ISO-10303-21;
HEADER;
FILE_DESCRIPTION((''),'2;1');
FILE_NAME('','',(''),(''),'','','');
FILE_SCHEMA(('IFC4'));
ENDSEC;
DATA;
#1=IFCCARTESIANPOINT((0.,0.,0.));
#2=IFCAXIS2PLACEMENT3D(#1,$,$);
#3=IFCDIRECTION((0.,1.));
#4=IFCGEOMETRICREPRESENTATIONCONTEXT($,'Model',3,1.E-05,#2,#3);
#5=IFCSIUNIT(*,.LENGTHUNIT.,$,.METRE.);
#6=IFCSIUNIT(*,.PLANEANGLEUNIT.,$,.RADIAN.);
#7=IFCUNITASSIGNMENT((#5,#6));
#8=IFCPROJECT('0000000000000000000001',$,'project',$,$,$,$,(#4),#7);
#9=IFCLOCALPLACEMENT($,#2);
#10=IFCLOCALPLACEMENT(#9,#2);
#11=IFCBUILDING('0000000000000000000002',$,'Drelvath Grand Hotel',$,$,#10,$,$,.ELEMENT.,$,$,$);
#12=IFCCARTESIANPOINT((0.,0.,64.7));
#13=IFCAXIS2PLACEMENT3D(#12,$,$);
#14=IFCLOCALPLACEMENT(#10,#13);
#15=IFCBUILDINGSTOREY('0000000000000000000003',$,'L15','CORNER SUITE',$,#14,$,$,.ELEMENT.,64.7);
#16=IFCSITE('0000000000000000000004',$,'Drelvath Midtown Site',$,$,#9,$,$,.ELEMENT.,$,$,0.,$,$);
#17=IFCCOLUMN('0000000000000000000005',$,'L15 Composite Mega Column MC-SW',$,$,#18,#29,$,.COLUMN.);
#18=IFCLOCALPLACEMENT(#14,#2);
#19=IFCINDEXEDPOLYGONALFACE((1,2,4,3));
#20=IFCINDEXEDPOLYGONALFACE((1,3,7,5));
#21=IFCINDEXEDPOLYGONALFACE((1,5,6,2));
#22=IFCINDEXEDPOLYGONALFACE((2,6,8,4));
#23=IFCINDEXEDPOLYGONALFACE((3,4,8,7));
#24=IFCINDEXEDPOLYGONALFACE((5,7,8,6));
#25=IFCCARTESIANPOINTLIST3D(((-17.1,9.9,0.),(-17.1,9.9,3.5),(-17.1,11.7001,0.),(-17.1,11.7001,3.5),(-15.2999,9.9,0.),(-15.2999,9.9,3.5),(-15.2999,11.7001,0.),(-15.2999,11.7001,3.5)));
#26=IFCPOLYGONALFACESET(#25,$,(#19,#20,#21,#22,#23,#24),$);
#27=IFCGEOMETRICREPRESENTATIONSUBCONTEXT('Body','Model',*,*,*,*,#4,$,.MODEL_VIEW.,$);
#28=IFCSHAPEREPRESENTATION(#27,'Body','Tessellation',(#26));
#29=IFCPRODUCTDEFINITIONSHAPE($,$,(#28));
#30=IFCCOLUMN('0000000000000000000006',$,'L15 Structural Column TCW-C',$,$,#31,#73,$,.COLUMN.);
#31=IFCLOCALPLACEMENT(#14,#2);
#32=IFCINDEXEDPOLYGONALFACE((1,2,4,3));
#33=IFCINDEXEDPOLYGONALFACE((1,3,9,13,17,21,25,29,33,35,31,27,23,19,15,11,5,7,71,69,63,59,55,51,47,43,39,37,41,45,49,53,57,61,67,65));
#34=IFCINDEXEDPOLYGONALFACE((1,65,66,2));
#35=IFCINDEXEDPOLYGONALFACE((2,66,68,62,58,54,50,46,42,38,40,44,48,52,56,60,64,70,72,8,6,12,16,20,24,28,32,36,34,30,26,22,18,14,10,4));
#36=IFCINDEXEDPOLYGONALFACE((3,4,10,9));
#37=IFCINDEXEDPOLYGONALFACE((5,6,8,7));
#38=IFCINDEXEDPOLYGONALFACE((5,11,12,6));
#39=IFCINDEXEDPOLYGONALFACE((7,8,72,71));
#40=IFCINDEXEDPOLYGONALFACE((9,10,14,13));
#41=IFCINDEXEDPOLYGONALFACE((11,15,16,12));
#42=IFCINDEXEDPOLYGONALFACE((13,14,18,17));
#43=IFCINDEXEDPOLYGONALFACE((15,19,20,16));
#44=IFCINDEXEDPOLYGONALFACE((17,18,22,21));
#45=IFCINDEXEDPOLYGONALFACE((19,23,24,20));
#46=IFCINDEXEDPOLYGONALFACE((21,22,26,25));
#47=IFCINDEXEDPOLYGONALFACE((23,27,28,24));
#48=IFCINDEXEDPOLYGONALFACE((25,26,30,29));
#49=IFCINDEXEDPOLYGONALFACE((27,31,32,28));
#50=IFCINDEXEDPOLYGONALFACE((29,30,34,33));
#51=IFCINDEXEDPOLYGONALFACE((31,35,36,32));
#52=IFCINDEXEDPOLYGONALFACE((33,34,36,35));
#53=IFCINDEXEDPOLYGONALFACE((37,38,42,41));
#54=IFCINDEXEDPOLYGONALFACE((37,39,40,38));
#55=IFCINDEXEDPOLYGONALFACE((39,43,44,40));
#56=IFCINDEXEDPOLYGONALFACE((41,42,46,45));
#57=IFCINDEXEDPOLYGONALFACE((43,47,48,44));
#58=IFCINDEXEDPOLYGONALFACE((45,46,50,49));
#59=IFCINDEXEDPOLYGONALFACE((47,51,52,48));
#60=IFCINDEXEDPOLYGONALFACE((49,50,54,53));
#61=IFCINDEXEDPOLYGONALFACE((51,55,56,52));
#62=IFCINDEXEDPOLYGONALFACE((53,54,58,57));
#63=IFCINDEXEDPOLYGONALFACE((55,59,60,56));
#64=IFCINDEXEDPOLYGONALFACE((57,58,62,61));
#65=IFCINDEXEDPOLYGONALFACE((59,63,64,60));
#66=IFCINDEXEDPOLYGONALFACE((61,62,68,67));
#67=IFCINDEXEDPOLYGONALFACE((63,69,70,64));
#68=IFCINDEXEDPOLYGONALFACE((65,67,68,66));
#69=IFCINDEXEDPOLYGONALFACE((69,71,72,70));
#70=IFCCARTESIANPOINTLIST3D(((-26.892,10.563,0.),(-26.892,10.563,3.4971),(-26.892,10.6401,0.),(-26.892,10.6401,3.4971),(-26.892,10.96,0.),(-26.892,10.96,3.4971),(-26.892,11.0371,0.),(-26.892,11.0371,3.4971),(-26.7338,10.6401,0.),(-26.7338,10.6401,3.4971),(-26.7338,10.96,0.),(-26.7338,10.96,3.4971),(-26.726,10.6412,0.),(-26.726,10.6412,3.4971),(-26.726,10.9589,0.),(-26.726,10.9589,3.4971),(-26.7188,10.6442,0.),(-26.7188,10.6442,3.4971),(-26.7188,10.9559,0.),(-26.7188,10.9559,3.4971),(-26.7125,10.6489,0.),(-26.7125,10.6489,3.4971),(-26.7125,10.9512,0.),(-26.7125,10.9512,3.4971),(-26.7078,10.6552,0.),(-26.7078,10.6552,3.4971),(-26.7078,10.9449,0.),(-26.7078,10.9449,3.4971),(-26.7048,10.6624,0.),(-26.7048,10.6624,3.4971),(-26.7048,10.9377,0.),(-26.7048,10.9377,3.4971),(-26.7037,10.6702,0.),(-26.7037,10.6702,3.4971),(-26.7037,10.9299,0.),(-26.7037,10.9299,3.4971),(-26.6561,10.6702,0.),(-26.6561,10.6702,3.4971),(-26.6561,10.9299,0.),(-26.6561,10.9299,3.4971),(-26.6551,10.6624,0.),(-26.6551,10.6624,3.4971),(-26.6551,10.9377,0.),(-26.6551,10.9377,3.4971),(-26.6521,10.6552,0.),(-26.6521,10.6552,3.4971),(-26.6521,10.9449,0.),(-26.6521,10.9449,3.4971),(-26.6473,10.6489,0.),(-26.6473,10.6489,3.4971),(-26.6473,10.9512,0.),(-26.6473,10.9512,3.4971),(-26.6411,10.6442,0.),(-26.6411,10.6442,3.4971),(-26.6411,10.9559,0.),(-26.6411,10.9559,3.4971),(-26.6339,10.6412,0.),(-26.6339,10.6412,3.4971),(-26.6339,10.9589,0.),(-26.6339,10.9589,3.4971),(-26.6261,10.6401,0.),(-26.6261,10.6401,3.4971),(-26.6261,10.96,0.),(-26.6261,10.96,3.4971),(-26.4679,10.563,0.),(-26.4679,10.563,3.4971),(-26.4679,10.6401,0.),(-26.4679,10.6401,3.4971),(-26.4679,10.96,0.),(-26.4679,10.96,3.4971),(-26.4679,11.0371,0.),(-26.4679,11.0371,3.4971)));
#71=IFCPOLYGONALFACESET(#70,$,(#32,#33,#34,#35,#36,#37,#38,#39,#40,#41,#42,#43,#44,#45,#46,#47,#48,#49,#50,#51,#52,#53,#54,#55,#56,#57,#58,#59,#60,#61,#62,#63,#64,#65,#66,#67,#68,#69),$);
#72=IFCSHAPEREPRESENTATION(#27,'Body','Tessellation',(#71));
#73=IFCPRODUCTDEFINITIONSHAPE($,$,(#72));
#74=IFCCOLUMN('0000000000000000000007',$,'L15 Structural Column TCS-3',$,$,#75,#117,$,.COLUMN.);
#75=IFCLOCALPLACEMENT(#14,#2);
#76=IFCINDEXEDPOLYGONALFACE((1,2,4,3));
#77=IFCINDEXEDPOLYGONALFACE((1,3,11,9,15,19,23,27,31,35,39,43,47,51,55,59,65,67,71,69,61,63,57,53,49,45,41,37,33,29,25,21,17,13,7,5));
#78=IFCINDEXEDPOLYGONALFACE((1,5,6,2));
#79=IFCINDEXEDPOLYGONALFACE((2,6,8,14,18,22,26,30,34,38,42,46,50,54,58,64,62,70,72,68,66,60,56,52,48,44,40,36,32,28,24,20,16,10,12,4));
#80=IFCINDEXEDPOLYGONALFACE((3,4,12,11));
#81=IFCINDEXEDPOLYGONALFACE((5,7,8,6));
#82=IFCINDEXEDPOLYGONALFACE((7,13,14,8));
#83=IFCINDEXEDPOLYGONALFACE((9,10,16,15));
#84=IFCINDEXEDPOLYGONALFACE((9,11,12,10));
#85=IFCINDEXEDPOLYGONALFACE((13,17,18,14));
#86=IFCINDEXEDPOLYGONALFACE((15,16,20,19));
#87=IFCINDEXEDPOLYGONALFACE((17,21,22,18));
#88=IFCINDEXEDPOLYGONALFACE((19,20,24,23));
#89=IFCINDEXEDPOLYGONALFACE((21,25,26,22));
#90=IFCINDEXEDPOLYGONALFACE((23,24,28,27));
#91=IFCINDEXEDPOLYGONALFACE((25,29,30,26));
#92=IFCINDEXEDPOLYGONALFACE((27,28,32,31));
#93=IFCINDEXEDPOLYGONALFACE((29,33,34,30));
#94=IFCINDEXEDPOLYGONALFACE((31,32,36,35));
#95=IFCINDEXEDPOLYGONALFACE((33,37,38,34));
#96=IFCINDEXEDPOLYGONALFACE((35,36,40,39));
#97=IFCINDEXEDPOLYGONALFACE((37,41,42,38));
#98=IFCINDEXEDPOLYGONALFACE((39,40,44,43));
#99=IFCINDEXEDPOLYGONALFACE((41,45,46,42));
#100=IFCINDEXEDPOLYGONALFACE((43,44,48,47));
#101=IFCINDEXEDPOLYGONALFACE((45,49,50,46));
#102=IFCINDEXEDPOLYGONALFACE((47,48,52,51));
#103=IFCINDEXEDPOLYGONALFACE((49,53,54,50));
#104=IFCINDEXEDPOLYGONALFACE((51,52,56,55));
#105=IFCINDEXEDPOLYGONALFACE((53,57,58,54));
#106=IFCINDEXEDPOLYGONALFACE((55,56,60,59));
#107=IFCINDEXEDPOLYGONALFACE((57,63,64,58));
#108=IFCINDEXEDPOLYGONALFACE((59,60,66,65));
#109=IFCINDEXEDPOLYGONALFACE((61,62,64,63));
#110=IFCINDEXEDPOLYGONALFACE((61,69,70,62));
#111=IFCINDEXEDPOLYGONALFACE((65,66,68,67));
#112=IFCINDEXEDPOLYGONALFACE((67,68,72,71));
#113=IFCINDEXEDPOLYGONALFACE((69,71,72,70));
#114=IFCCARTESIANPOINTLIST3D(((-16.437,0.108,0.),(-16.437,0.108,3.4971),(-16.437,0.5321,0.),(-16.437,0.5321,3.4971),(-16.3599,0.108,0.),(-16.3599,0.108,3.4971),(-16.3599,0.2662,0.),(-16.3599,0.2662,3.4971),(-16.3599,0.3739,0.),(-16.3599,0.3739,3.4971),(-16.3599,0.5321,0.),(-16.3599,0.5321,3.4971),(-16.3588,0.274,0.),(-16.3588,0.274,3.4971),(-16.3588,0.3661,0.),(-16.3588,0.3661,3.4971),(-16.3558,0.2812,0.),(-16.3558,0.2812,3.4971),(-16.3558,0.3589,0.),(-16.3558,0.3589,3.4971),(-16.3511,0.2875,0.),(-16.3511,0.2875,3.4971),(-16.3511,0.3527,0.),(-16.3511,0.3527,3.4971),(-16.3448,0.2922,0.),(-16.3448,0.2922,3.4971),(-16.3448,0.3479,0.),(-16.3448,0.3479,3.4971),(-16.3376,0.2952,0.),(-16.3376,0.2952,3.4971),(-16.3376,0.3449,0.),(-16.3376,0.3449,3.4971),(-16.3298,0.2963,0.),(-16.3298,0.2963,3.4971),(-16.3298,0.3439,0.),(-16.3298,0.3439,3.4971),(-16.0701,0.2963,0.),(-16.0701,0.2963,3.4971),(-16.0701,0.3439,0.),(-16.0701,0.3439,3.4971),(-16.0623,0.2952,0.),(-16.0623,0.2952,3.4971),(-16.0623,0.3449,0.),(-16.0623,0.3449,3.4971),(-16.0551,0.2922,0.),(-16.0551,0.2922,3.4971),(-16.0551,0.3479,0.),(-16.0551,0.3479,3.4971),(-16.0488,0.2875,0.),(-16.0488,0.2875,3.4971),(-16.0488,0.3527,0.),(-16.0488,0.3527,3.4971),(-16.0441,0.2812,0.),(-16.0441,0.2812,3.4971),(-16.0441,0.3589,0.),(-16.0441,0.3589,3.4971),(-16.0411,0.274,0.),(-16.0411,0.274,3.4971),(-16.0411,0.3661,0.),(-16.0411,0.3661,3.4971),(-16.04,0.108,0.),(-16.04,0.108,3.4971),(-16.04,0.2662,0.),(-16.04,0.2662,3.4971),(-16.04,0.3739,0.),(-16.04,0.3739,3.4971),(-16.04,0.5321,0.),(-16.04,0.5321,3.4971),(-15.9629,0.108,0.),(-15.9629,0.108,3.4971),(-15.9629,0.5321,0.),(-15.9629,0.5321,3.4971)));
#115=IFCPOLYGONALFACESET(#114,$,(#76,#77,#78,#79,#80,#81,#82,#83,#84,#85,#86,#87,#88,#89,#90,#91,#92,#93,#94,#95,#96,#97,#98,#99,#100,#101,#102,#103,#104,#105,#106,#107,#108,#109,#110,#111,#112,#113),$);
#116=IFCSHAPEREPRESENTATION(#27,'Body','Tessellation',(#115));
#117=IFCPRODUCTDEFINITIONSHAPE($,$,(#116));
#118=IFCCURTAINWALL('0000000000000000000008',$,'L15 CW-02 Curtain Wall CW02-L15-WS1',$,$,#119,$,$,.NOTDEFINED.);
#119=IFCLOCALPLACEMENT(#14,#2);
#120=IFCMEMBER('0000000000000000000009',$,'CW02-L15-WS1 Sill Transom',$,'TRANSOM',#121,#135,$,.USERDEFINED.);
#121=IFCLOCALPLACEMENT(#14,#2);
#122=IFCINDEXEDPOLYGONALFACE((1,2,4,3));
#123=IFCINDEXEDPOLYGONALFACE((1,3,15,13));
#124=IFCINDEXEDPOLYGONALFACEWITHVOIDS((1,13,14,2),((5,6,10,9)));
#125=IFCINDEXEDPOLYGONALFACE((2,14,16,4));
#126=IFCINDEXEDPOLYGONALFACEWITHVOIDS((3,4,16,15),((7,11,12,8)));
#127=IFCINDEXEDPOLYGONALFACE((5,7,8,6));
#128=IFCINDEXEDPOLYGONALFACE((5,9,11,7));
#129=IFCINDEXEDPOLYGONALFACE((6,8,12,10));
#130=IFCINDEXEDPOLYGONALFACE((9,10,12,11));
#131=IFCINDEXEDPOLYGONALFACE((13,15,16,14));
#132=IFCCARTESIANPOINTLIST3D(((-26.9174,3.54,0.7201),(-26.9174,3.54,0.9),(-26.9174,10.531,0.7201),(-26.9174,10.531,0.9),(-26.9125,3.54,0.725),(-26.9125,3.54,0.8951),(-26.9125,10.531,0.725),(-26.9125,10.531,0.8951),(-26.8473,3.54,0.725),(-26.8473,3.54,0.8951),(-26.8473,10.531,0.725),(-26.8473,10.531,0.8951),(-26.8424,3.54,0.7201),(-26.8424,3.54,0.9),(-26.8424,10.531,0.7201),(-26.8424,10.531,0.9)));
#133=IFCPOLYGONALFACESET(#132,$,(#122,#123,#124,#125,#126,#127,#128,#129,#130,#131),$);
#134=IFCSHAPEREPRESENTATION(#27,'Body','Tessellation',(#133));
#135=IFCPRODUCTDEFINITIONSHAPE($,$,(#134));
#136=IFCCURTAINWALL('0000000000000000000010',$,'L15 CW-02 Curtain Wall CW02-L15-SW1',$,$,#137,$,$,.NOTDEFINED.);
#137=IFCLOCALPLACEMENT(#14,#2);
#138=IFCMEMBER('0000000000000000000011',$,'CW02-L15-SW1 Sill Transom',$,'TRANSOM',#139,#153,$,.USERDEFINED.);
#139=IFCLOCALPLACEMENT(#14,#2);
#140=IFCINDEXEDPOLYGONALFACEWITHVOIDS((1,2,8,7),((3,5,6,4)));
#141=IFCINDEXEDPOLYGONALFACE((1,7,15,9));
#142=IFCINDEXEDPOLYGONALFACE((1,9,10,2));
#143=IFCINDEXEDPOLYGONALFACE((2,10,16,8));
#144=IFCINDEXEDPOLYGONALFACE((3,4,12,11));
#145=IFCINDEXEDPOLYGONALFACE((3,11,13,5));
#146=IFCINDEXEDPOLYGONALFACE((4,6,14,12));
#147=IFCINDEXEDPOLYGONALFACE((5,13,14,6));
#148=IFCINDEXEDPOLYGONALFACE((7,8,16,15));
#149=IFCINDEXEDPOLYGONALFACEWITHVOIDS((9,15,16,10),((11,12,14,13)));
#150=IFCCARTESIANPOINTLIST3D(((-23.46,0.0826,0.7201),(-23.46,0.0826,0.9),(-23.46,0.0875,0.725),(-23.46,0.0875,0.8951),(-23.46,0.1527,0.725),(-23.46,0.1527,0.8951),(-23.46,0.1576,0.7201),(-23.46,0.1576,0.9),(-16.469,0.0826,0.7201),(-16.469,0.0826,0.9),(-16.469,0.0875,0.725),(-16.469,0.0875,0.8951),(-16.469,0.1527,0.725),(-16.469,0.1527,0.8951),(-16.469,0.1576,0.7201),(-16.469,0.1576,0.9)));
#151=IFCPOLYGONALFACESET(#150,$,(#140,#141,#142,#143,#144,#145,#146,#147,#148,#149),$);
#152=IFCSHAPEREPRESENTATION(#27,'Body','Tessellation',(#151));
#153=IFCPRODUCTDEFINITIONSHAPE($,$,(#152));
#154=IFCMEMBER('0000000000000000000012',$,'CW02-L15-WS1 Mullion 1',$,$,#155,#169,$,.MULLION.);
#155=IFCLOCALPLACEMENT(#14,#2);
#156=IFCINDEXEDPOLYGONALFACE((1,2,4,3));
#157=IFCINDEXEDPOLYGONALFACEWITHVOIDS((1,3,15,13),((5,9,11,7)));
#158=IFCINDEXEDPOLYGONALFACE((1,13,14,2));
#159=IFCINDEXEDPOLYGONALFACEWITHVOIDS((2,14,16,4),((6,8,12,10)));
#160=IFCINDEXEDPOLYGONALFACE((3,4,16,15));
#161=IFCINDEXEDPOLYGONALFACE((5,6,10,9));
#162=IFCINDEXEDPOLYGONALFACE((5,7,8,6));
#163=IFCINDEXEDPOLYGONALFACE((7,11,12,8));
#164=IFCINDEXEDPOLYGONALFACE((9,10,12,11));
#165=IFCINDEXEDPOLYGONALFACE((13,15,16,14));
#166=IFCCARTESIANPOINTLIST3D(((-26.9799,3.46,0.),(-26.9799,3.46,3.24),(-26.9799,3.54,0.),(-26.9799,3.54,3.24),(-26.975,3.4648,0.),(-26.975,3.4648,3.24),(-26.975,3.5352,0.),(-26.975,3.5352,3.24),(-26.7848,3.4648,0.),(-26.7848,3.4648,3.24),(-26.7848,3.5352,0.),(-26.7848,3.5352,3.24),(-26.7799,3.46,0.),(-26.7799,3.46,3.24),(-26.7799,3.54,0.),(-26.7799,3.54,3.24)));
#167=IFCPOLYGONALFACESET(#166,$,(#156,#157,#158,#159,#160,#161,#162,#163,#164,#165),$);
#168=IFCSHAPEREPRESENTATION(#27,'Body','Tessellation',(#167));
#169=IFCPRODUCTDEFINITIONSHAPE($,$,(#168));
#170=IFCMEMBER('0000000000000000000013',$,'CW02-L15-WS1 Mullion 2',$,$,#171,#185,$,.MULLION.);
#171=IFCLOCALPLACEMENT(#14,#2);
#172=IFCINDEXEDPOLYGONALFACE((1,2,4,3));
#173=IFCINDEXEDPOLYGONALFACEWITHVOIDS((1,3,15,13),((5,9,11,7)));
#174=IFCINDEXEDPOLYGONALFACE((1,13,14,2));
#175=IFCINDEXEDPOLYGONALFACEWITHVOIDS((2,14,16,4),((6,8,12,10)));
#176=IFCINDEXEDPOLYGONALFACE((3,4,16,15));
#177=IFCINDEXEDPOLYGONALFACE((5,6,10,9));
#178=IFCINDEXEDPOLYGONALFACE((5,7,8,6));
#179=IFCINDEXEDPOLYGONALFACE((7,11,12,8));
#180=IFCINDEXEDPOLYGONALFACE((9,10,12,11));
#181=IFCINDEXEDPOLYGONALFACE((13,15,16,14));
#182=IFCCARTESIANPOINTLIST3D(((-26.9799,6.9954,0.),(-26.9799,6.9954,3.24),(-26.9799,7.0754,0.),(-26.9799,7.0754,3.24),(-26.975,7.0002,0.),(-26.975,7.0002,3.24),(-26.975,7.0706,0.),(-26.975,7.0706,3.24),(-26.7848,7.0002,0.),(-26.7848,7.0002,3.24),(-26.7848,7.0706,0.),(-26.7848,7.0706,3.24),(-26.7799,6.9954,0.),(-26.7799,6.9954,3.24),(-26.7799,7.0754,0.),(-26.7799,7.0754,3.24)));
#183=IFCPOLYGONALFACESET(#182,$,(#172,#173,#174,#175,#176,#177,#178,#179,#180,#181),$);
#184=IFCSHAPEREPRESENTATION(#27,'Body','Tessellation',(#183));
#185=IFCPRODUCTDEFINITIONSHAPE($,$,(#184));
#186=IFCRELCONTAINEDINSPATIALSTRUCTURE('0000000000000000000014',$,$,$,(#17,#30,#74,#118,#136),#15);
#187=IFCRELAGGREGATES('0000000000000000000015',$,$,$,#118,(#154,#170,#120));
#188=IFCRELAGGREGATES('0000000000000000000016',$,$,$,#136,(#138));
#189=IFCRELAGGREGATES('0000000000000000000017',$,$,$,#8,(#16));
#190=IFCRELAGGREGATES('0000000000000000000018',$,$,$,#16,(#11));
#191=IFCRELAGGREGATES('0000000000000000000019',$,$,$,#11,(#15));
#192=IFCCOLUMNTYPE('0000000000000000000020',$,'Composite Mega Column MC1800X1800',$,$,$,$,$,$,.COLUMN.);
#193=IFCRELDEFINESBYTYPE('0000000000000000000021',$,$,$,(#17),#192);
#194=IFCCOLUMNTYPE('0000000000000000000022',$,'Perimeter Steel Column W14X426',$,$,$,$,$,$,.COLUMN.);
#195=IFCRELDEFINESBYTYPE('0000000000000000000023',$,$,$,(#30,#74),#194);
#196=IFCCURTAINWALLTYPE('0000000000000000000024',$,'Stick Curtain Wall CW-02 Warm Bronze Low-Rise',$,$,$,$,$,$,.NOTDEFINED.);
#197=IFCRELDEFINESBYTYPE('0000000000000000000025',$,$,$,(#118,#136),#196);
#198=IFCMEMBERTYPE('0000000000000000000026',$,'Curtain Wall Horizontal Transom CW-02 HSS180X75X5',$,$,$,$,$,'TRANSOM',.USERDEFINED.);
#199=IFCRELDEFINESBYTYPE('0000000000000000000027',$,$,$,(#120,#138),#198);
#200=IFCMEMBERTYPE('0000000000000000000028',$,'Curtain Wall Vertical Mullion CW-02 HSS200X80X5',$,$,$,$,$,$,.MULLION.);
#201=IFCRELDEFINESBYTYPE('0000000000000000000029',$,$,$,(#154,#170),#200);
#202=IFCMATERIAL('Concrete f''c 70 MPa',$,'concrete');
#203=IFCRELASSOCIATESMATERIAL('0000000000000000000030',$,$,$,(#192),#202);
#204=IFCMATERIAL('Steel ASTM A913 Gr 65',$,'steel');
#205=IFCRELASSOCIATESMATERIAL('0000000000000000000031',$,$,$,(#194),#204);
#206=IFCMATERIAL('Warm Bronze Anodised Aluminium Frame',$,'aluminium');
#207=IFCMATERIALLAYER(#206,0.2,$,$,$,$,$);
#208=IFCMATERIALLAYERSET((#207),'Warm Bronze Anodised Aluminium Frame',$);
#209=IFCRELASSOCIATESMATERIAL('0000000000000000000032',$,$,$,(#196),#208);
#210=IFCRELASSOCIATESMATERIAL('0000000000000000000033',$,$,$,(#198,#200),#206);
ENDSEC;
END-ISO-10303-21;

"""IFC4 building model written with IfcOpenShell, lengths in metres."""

from ifc_helpers import new_model, si_unit, direction, frame, origin, origin_2d, place, context, subcontext, project, spatial, rectangle, hollow_rectangle, i_section, extrude, material, layer, layer_set, material_profile, profile_set, type_object, element, aggregate, save


model = new_model("IFC4")

# Units and contexts
model_context = context("Model", 3, precision=1e-05, world=origin(), true_north=direction((0.0, 1.0)))
body_context = subcontext(model_context, "Body", "Model", "MODEL_VIEW")
ifc_project = project(units=[si_unit("LENGTHUNIT", "METRE"), si_unit("PLANEANGLEUNIT", "RADIAN")], contexts=[model_context])

# Site, building, storey
site_placement = place(None, origin())
site = spatial("IfcSite", under=ifc_project, at=site_placement, Name="Drelvath Midtown Site", CompositionType="ELEMENT", RefElevation=0.0)
building_placement = place(site_placement, origin())
building = spatial("IfcBuilding", under=site, at=building_placement, Name="Drelvath Grand Hotel", CompositionType="ELEMENT")
storey_placement = place(building_placement, frame((0.0, 0.0, 64.7)))
storey = spatial("IfcBuildingStorey", under=building, at=storey_placement, Name="L15", Description="CORNER SUITE", CompositionType="ELEMENT", Elevation=64.7)

# Columns
ifc_material_1 = material(Name="Concrete f'c 70 MPa", Category="concrete")
ifc_material_profile_1 = material_profile(ifc_material_1, rectangle(XDim=1.8, YDim=1.8, at=origin_2d()), Name="MC1800X1800")
ifc_profile_set_1 = profile_set([ifc_material_profile_1], Name="Concrete f'c 70 MPa")
column_type_1 = type_object("IfcColumnType", Name="Composite Mega Column MC1800X1800", PredefinedType="COLUMN", material=ifc_profile_set_1)
column_placement = place(storey_placement, frame((-16.2, 10.8, 0.0), z_axis=(0.0, 0.0, 1.0), x_axis=(1.0, 0.0, 0.0)))
element("IfcColumn", 1, at=column_placement, inside=storey, type_object=column_type_1, Name="L15 Composite Mega Column MC-SW", PredefinedType="COLUMN", context=body_context, shape_type="SweptSolid", body=[
    extrude(rectangle(XDim=1.8, YDim=1.8, at=origin_2d()), origin(), (0.0, 0.0, 1.0), 3.5),
])
ifc_material_2 = material(Name="Steel ASTM A913 Gr 65", Category="steel")
ifc_material_profile_2 = material_profile(ifc_material_2, i_section(OverallWidth=0.4241, OverallDepth=0.4741, WebThickness=0.0476, FlangeThickness=0.0771, FilletRadius=0.03, at=origin_2d()), Name="W14X426")
ifc_profile_set_2 = profile_set([ifc_material_profile_2], Name="Steel ASTM A913 Gr 65")
column_type_2 = type_object("IfcColumnType", Name="Perimeter Steel Column W14X426", PredefinedType="COLUMN", material=ifc_profile_set_2)
for number, where, z_axis, x_axis, name in (
    (2, (-26.6799, 10.8, 0.0), (0.0, 0.0, 1.0), (1.0, 0.0, 0.0), "L15 Structural Column TCW-C"),
    (3, (-16.2, 0.3201, 0.0), (0.0, 0.0, 1.0), (0.0, 1.0, 0.0), "L15 Structural Column TCS-3"),
):
    element("IfcColumn", number, at=place(storey_placement, frame(where, z_axis=z_axis, x_axis=x_axis)), inside=storey, type_object=column_type_2, Name=name, PredefinedType="COLUMN", context=body_context, shape_type="SweptSolid", body=[
        extrude(i_section(OverallWidth=0.4241, OverallDepth=0.4741, WebThickness=0.0476, FlangeThickness=0.0771, FilletRadius=0.03, at=origin_2d()), origin(), (0.0, 0.0, 1.0), 3.4971),
    ])

# Curtain walls, members
ifc_material_3 = material(Name="Warm Bronze Anodised Aluminium Frame", Category="aluminium")
ifc_layer_1 = layer(ifc_material_3, 0.2)
ifc_layer_set_1 = layer_set([ifc_layer_1], Name="Warm Bronze Anodised Aluminium Frame")
curtain_wall_type = type_object("IfcCurtainWallType", Name="Stick Curtain Wall CW-02 Warm Bronze Low-Rise", PredefinedType="NOTDEFINED", material=ifc_layer_set_1)
curtain_wall_1_placement = place(storey_placement, origin())
curtain_wall_1 = element("IfcCurtainWall", 4, at=curtain_wall_1_placement, inside=storey, type_object=curtain_wall_type, Name="L15 CW-02 Curtain Wall CW02-L15-WS1", PredefinedType="NOTDEFINED")
ifc_material_profile_3 = material_profile(ifc_material_3, hollow_rectangle(XDim=0.075, YDim=0.1799, WallThickness=0.0049, at=origin_2d()), Name="HSS180X75X5")
ifc_profile_set_3 = profile_set([ifc_material_profile_3], Name="Warm Bronze Anodised Aluminium Frame")
member_type_1 = type_object("IfcMemberType", Name="Curtain Wall Horizontal Transom CW-02 HSS180X75X5", ElementType="TRANSOM", PredefinedType="USERDEFINED", material=ifc_profile_set_3)
member_1_placement = place(storey_placement, frame((-26.8799, 3.54, 0.8101), z_axis=(0.0, 1.0, 0.0), x_axis=(-1.0, 0.0, 0.0)))
member_1 = element("IfcMember", 5, at=member_1_placement, type_object=member_type_1, Name="CW02-L15-WS1 Sill Transom", ObjectType="TRANSOM", PredefinedType="USERDEFINED", context=body_context, shape_type="SweptSolid", body=[
    extrude(hollow_rectangle(XDim=0.075, YDim=0.1799, WallThickness=0.0049, at=origin_2d()), origin(), (0.0, 0.0, 1.0), 6.991),
])
curtain_wall_2_placement = place(storey_placement, origin())
curtain_wall_2 = element("IfcCurtainWall", 6, at=curtain_wall_2_placement, inside=storey, type_object=curtain_wall_type, Name="L15 CW-02 Curtain Wall CW02-L15-SW1", PredefinedType="NOTDEFINED")
member_2_placement = place(storey_placement, frame((-16.469, 0.1201, 0.8101), z_axis=(-1.0, 0.0, 0.0), x_axis=(0.0, -1.0, 0.0)))
member_2 = element("IfcMember", 7, at=member_2_placement, type_object=member_type_1, Name="CW02-L15-SW1 Sill Transom", ObjectType="TRANSOM", PredefinedType="USERDEFINED", context=body_context, shape_type="SweptSolid", body=[
    extrude(hollow_rectangle(XDim=0.075, YDim=0.1799, WallThickness=0.0049, at=origin_2d()), origin(), (0.0, 0.0, 1.0), 6.991),
])

# Members
ifc_material_profile_4 = material_profile(ifc_material_3, hollow_rectangle(XDim=0.0801, YDim=0.2, WallThickness=0.0049, at=origin_2d()), Name="HSS200X80X5")
ifc_profile_set_4 = profile_set([ifc_material_profile_4], Name="Warm Bronze Anodised Aluminium Frame")
member_type_2 = type_object("IfcMemberType", Name="Curtain Wall Vertical Mullion CW-02 HSS200X80X5", PredefinedType="MULLION", material=ifc_profile_set_4)
member_3_placement = place(storey_placement, frame((-26.8799, 3.5, 0.0), z_axis=(0.0, 0.0, 1.0), x_axis=(0.0, 1.0, 0.0)))
member_3 = element("IfcMember", 8, at=member_3_placement, type_object=member_type_2, Name="CW02-L15-WS1 Mullion 1", PredefinedType="MULLION", context=body_context, shape_type="SweptSolid", body=[
    extrude(hollow_rectangle(XDim=0.0801, YDim=0.2, WallThickness=0.0049, at=origin_2d()), origin(), (0.0, 0.0, 1.0), 3.24),
])
member_4_placement = place(storey_placement, frame((-26.8799, 7.0354, 0.0), z_axis=(0.0, 0.0, 1.0), x_axis=(0.0, 1.0, 0.0)))
member_4 = element("IfcMember", 9, at=member_4_placement, type_object=member_type_2, Name="CW02-L15-WS1 Mullion 2", PredefinedType="MULLION", context=body_context, shape_type="SweptSolid", body=[
    extrude(hollow_rectangle(XDim=0.0801, YDim=0.2, WallThickness=0.0049, at=origin_2d()), origin(), (0.0, 0.0, 1.0), 3.24),
])

aggregate(curtain_wall_1, [member_3, member_4, member_1])
aggregate(curtain_wall_2, [member_2])

save(model, "model.ifc")
